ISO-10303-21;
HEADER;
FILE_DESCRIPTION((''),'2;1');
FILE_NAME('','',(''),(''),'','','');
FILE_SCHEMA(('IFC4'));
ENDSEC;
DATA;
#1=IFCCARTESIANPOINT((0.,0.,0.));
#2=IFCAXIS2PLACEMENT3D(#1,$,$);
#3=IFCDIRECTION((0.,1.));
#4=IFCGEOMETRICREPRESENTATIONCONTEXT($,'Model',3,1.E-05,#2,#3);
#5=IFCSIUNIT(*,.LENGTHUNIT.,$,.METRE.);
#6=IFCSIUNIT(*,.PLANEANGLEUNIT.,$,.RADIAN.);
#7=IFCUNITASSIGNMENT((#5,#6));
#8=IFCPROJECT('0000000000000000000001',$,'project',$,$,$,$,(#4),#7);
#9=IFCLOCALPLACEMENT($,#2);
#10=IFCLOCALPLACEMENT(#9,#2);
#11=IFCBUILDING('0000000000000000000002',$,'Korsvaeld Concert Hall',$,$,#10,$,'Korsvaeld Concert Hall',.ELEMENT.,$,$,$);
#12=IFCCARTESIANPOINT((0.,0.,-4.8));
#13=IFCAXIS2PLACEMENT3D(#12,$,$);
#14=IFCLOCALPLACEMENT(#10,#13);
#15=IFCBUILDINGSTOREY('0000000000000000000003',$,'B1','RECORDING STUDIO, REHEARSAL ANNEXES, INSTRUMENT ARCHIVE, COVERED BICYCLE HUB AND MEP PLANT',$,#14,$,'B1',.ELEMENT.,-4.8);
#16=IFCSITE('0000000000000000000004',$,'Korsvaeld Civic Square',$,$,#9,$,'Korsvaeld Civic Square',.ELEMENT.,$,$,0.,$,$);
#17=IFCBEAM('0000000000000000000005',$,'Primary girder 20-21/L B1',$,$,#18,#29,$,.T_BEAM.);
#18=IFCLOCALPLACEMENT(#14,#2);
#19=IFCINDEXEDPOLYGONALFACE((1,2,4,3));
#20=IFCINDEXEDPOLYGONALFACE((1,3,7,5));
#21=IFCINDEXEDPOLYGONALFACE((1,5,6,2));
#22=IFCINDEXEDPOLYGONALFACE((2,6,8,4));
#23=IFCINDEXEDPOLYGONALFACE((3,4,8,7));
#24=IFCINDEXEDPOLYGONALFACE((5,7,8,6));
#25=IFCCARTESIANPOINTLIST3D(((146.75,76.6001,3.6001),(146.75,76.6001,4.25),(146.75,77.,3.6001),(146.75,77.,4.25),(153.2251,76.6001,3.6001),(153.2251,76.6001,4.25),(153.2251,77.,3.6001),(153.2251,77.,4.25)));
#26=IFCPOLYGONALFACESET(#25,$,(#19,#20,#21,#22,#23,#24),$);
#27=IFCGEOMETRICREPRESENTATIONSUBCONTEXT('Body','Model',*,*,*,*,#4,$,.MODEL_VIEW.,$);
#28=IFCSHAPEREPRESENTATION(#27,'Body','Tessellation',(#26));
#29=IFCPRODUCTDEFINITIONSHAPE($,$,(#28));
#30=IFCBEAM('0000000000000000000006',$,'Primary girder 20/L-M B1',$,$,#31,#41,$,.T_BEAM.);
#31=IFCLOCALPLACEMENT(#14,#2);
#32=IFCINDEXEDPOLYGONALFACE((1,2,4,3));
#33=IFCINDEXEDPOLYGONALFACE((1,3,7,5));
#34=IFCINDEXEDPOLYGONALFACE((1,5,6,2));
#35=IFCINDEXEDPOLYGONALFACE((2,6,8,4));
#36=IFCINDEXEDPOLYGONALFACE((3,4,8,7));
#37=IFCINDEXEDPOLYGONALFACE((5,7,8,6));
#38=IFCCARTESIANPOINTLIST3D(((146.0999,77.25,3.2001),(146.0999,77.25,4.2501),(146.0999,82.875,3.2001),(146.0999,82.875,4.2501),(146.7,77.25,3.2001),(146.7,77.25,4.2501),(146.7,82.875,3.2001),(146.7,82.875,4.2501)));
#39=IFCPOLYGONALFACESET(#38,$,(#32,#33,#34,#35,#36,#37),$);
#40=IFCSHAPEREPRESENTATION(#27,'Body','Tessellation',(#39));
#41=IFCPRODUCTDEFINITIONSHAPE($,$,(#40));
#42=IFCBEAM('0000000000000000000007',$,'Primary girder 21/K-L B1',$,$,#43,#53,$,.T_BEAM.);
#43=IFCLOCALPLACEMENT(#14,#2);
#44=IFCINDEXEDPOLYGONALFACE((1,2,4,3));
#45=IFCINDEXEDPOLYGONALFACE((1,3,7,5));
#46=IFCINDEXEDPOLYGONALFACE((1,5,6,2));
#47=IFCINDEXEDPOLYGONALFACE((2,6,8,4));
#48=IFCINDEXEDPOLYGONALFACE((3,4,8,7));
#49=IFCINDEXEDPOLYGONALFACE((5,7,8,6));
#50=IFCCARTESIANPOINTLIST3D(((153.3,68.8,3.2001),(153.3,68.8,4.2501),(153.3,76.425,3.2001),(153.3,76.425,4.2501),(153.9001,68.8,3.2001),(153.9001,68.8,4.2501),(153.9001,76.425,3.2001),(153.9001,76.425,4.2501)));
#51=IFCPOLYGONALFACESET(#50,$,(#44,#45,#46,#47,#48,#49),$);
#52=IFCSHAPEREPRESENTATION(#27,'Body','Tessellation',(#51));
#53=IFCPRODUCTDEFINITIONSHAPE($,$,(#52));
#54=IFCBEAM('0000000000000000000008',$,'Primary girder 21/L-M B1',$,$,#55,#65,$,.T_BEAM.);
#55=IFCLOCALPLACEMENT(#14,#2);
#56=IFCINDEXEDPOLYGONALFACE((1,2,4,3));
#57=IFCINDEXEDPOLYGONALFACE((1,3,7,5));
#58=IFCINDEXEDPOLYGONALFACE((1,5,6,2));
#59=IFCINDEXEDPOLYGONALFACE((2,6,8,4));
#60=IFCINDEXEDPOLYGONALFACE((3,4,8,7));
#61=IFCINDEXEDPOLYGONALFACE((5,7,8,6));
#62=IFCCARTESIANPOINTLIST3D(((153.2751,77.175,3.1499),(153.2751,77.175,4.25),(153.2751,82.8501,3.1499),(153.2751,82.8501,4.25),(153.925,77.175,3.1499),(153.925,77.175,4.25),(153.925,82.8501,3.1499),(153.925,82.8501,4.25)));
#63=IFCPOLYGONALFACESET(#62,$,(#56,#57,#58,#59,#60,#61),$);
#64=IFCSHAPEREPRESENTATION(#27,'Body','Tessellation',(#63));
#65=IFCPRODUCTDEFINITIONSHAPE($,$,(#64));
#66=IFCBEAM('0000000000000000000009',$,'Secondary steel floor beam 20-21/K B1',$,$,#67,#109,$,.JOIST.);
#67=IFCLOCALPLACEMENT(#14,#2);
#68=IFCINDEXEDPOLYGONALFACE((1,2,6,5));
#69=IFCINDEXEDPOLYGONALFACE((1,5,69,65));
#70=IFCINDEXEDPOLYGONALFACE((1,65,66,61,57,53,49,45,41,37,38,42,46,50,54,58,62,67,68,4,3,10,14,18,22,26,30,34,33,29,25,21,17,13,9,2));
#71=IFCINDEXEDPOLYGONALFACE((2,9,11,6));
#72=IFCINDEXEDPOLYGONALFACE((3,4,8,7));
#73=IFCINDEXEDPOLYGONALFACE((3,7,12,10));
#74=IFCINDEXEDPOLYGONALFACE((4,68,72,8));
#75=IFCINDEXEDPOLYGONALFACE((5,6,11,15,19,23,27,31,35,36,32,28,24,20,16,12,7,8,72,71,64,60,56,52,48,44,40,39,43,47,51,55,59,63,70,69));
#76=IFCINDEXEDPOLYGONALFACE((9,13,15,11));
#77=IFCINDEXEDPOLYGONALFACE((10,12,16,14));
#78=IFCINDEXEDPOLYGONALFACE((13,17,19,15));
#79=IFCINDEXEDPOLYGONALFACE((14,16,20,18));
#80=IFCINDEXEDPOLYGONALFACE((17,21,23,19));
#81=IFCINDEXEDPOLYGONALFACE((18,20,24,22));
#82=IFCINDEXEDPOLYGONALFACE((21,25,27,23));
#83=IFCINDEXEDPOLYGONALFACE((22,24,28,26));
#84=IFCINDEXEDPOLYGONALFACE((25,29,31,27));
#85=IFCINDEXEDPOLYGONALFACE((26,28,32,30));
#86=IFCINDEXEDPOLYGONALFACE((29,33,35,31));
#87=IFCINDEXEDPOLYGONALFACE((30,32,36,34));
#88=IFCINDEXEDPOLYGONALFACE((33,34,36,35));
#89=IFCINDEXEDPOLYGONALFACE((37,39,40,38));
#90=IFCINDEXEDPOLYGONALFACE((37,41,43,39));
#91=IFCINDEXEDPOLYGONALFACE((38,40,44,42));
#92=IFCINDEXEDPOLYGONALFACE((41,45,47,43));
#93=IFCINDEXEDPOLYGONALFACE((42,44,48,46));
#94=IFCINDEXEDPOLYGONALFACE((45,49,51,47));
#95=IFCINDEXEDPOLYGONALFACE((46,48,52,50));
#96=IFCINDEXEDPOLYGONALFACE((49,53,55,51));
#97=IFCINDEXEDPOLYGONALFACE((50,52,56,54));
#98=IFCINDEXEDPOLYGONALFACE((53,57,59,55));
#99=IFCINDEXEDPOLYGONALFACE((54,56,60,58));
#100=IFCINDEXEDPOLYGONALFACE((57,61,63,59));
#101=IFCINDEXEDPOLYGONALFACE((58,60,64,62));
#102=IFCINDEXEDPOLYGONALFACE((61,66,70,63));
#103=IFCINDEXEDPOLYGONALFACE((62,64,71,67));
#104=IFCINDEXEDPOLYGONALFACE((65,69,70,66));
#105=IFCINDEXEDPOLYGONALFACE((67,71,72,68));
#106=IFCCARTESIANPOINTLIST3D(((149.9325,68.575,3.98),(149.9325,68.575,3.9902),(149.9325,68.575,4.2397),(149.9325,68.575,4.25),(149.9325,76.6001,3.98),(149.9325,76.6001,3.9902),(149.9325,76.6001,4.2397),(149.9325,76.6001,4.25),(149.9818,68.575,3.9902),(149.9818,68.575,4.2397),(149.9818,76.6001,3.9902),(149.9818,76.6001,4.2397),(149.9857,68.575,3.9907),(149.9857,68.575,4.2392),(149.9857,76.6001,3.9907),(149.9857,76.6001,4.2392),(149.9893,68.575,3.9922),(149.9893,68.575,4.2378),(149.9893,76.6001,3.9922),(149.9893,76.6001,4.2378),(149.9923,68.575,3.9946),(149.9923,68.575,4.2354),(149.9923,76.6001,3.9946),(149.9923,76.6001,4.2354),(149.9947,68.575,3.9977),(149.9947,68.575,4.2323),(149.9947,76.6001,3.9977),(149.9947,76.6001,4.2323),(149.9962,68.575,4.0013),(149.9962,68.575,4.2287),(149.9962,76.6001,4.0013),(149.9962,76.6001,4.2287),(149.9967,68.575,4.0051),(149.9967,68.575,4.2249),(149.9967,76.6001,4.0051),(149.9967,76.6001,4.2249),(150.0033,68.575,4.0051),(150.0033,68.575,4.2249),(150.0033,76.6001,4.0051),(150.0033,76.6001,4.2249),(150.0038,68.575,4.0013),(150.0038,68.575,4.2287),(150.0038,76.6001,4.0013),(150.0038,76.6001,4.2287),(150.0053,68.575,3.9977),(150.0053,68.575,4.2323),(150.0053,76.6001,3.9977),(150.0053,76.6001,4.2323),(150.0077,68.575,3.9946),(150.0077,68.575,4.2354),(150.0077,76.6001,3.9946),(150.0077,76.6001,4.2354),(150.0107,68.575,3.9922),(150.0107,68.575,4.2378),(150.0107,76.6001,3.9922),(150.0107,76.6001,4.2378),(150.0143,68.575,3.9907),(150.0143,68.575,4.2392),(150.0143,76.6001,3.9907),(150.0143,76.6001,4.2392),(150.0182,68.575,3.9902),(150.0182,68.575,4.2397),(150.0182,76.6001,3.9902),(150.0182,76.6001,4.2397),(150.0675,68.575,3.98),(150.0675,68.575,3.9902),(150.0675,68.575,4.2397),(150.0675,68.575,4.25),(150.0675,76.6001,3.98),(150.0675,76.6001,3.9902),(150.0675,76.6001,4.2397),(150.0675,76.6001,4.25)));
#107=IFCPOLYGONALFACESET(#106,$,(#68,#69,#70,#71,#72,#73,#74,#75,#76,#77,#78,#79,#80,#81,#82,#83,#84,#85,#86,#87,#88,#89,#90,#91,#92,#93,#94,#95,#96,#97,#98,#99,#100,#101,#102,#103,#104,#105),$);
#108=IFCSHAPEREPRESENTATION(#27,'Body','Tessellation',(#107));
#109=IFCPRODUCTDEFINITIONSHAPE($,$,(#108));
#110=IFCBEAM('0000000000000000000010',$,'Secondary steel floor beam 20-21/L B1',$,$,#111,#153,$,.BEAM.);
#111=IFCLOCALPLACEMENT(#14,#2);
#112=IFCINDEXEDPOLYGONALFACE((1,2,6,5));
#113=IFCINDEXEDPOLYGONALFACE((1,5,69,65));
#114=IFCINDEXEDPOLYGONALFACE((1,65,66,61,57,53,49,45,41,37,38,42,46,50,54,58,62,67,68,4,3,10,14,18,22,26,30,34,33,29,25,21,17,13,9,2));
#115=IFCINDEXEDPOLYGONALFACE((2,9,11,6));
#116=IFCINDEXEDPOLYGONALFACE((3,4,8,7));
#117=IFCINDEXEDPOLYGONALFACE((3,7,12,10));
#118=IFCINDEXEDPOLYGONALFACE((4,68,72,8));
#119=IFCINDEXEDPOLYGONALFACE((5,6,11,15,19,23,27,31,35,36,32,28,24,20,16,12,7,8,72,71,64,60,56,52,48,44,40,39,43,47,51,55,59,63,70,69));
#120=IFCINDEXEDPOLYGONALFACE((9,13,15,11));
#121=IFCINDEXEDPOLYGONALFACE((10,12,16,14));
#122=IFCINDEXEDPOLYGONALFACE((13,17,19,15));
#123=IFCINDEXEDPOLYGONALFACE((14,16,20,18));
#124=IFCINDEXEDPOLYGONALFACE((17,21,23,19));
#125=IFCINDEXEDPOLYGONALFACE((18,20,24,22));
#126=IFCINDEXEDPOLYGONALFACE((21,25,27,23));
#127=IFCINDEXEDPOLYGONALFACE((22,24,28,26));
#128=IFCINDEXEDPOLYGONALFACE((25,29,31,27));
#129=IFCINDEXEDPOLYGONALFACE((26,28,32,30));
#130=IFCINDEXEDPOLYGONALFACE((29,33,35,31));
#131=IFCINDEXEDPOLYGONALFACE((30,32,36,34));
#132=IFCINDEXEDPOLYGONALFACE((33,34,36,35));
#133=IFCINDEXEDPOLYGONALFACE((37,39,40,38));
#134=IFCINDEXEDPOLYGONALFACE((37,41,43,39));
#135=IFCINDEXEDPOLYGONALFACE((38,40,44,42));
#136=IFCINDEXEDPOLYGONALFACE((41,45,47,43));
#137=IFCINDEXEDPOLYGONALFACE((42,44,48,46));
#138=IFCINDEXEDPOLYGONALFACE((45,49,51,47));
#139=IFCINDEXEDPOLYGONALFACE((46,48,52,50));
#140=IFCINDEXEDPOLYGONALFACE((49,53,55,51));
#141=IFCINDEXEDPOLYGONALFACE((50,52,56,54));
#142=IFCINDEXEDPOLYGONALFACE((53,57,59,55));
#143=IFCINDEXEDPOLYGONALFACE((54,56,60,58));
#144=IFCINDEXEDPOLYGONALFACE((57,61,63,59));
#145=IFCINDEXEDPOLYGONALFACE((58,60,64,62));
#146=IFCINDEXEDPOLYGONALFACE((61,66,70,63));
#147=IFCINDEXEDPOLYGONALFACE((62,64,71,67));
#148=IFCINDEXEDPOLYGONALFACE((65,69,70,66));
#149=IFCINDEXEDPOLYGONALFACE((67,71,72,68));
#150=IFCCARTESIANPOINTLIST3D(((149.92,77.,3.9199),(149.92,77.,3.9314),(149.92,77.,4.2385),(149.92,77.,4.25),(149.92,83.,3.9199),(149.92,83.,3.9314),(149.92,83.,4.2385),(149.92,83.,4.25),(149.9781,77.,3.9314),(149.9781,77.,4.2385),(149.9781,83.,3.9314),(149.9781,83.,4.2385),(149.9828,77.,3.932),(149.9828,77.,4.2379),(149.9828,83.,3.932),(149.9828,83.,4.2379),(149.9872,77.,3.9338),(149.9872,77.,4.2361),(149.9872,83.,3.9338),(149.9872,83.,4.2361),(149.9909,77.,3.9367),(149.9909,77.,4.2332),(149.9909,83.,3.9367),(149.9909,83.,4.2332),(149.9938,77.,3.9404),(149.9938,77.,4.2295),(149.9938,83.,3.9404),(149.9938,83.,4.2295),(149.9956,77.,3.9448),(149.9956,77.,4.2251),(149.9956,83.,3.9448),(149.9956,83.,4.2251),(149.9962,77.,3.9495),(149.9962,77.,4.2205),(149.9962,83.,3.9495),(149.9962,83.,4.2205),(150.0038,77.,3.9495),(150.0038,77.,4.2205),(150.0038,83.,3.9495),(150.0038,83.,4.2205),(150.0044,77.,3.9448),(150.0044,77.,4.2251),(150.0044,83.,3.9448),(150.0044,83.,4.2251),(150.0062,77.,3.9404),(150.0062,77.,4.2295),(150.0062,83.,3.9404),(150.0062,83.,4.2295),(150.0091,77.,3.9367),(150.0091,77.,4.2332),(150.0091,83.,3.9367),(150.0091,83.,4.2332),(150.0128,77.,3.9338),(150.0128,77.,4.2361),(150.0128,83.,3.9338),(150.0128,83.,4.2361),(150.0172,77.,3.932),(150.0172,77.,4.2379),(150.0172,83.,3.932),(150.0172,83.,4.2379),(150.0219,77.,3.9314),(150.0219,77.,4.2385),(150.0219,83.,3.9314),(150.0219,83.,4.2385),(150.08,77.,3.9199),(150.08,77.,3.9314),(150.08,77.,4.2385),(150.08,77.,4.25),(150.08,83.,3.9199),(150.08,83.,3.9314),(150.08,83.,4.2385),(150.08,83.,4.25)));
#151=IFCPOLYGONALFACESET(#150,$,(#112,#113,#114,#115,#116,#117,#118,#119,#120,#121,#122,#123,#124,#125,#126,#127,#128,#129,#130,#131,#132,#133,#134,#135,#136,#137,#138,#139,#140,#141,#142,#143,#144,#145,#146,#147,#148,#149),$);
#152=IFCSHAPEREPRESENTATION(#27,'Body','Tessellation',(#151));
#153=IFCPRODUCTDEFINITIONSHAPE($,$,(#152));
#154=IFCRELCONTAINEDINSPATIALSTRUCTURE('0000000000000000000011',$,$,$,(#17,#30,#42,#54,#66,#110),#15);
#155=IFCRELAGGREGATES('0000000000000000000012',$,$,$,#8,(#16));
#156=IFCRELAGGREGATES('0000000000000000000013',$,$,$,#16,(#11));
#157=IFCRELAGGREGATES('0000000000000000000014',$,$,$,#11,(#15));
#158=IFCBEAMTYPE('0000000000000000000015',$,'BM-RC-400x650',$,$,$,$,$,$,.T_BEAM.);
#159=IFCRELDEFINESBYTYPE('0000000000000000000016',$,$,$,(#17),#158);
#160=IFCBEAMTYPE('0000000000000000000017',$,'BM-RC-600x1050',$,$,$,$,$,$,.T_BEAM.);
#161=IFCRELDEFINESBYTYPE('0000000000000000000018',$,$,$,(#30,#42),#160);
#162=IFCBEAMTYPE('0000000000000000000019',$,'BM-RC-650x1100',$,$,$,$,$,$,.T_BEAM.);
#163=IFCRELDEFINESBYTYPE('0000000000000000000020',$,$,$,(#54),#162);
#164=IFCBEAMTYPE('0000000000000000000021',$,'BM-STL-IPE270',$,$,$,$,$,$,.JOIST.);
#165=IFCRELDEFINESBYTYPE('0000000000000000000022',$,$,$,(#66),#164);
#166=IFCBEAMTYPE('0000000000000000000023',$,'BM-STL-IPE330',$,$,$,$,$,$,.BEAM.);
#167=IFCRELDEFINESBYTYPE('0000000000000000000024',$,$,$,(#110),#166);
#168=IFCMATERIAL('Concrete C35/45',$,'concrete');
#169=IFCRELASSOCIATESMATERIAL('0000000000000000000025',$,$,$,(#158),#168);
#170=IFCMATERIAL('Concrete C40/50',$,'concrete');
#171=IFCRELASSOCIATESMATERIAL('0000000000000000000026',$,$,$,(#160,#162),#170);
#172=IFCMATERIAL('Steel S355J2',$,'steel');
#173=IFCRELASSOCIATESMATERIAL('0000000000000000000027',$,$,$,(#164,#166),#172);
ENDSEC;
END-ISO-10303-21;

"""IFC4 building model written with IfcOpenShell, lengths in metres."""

from ifc_helpers import new_model, si_unit, direction, frame, origin, origin_2d, place, context, subcontext, project, spatial, rectangle, i_section, extrude, material, material_profile, profile_set, type_object, element, save


model = new_model("IFC4")

# Units and contexts
model_context = context("Model", 3, precision=1e-05, world=origin(), true_north=direction((0.0, 1.0)))
body_context = subcontext(model_context, "Body", "Model", "MODEL_VIEW")
ifc_project = project(units=[si_unit("LENGTHUNIT", "METRE"), si_unit("PLANEANGLEUNIT", "RADIAN")], contexts=[model_context])

# Site, building, storey
site_placement = place(None, origin())
site = spatial("IfcSite", under=ifc_project, at=site_placement, Name="Korsvaeld Civic Square", LongName="Korsvaeld Civic Square", CompositionType="ELEMENT", RefElevation=0.0)
building_placement = place(site_placement, origin())
building = spatial("IfcBuilding", under=site, at=building_placement, Name="Korsvaeld Concert Hall", LongName="Korsvaeld Concert Hall", CompositionType="ELEMENT")
storey_placement = place(building_placement, frame((0.0, 0.0, -4.8)))
storey = spatial("IfcBuildingStorey", under=building, at=storey_placement, Name="B1", Description="RECORDING STUDIO, REHEARSAL ANNEXES, INSTRUMENT ARCHIVE, COVERED BICYCLE HUB AND MEP PLANT", LongName="B1", CompositionType="ELEMENT", Elevation=-4.8)

# Shared definitions
ifc_material_1 = material(Name="Concrete C35/45", Category="concrete")

# Shared definitions
ifc_material_2 = material(Name="Concrete C40/50", Category="concrete")

# Beams
ifc_material_profile_1 = material_profile(ifc_material_1, rectangle(XDim=0.3999, YDim=0.6499, at=origin_2d()), Name="RC 400x650")
ifc_profile_set_1 = profile_set([ifc_material_profile_1], Name="Concrete C35/45")
beam_type_1 = type_object("IfcBeamType", Name="BM-RC-400x650", PredefinedType="T_BEAM", material=ifc_profile_set_1)
beam_1_placement = place(storey_placement, frame((146.75, 76.8, 3.925), z_axis=(1.0, 0.0, 0.0), x_axis=(0.0, 1.0, 0.0)))
element("IfcBeam", 1, at=beam_1_placement, inside=storey, type_object=beam_type_1, Name="Primary girder 20-21/L B1", PredefinedType="T_BEAM", context=body_context, shape_type="SweptSolid", body=[
    extrude(rectangle(XDim=0.3999, YDim=0.6499, at=origin_2d()), origin(), (0.0, 0.0, 1.0), 6.4751),
])
ifc_material_profile_2 = material_profile(ifc_material_2, rectangle(XDim=0.6001, YDim=1.05, at=origin_2d()), Name="RC 600x1050")
ifc_profile_set_2 = profile_set([ifc_material_profile_2], Name="Concrete C40/50")
beam_type_2 = type_object("IfcBeamType", Name="BM-RC-600x1050", PredefinedType="T_BEAM", material=ifc_profile_set_2)
beam_2_placement = place(storey_placement, frame((146.3999, 77.25, 3.7251), z_axis=(0.0, 1.0, 0.0), x_axis=(-1.0, 0.0, 0.0)))
element("IfcBeam", 2, at=beam_2_placement, inside=storey, type_object=beam_type_2, Name="Primary girder 20/L-M B1", PredefinedType="T_BEAM", context=body_context, shape_type="SweptSolid", body=[
    extrude(rectangle(XDim=0.6001, YDim=1.05, at=origin_2d()), origin(), (0.0, 0.0, 1.0), 5.625),
])
beam_3_placement = place(storey_placement, frame((153.6001, 68.8, 3.7251), z_axis=(0.0, 1.0, 0.0), x_axis=(-1.0, 0.0, 0.0)))
element("IfcBeam", 3, at=beam_3_placement, inside=storey, type_object=beam_type_2, Name="Primary girder 21/K-L B1", PredefinedType="T_BEAM", context=body_context, shape_type="SweptSolid", body=[
    extrude(rectangle(XDim=0.6001, YDim=1.05, at=origin_2d()), origin(), (0.0, 0.0, 1.0), 7.625),
])
ifc_material_profile_3 = material_profile(ifc_material_2, rectangle(XDim=0.6499, YDim=1.1001, at=origin_2d()), Name="RC 650x1100")
ifc_profile_set_3 = profile_set([ifc_material_profile_3], Name="Concrete C40/50")
beam_type_3 = type_object("IfcBeamType", Name="BM-RC-650x1100", PredefinedType="T_BEAM", material=ifc_profile_set_3)
beam_4_placement = place(storey_placement, frame((153.6001, 77.175, 3.7), z_axis=(0.0, 1.0, 0.0), x_axis=(-1.0, 0.0, 0.0)))
element("IfcBeam", 4, at=beam_4_placement, inside=storey, type_object=beam_type_3, Name="Primary girder 21/L-M B1", PredefinedType="T_BEAM", context=body_context, shape_type="SweptSolid", body=[
    extrude(rectangle(XDim=0.6499, YDim=1.1001, at=origin_2d()), origin(), (0.0, 0.0, 1.0), 5.675),
])
ifc_material_3 = material(Name="Steel S355J2", Category="steel")
ifc_material_profile_4 = material_profile(ifc_material_3, i_section(OverallWidth=0.135, OverallDepth=0.27, WebThickness=0.0066, FlangeThickness=0.0103, FilletRadius=0.0149, at=origin_2d()), Name="IPE 270")
ifc_profile_set_4 = profile_set([ifc_material_profile_4], Name="Steel S355J2")
beam_type_4 = type_object("IfcBeamType", Name="BM-STL-IPE270", PredefinedType="JOIST", material=ifc_profile_set_4)
beam_5_placement = place(storey_placement, frame((150.0, 68.575, 4.115), z_axis=(0.0, 1.0, 0.0), x_axis=(-1.0, 0.0, 0.0)))
element("IfcBeam", 5, at=beam_5_placement, inside=storey, type_object=beam_type_4, Name="Secondary steel floor beam 20-21/K B1", PredefinedType="JOIST", context=body_context, shape_type="SweptSolid", body=[
    extrude(i_section(OverallWidth=0.135, OverallDepth=0.27, WebThickness=0.0066, FlangeThickness=0.0103, FilletRadius=0.0149, at=origin_2d()), origin(), (0.0, 0.0, 1.0), 8.0251),
])
ifc_material_profile_5 = material_profile(ifc_material_3, i_section(OverallWidth=0.1599, OverallDepth=0.3301, WebThickness=0.0076, FlangeThickness=0.0115, FilletRadius=0.0181, at=origin_2d()), Name="IPE 330")
ifc_profile_set_5 = profile_set([ifc_material_profile_5], Name="Steel S355J2")
beam_type_5 = type_object("IfcBeamType", Name="BM-STL-IPE330", PredefinedType="BEAM", material=ifc_profile_set_5)
beam_6_placement = place(storey_placement, frame((150.0, 77.0, 4.085), z_axis=(0.0, 1.0, 0.0), x_axis=(-1.0, 0.0, 0.0)))
element("IfcBeam", 6, at=beam_6_placement, inside=storey, type_object=beam_type_5, Name="Secondary steel floor beam 20-21/L B1", PredefinedType="BEAM", context=body_context, shape_type="SweptSolid", body=[
    extrude(i_section(OverallWidth=0.1599, OverallDepth=0.3301, WebThickness=0.0076, FlangeThickness=0.0115, FilletRadius=0.0181, at=origin_2d()), origin(), (0.0, 0.0, 1.0), 6.0),
])

save(model, "model.ifc")
